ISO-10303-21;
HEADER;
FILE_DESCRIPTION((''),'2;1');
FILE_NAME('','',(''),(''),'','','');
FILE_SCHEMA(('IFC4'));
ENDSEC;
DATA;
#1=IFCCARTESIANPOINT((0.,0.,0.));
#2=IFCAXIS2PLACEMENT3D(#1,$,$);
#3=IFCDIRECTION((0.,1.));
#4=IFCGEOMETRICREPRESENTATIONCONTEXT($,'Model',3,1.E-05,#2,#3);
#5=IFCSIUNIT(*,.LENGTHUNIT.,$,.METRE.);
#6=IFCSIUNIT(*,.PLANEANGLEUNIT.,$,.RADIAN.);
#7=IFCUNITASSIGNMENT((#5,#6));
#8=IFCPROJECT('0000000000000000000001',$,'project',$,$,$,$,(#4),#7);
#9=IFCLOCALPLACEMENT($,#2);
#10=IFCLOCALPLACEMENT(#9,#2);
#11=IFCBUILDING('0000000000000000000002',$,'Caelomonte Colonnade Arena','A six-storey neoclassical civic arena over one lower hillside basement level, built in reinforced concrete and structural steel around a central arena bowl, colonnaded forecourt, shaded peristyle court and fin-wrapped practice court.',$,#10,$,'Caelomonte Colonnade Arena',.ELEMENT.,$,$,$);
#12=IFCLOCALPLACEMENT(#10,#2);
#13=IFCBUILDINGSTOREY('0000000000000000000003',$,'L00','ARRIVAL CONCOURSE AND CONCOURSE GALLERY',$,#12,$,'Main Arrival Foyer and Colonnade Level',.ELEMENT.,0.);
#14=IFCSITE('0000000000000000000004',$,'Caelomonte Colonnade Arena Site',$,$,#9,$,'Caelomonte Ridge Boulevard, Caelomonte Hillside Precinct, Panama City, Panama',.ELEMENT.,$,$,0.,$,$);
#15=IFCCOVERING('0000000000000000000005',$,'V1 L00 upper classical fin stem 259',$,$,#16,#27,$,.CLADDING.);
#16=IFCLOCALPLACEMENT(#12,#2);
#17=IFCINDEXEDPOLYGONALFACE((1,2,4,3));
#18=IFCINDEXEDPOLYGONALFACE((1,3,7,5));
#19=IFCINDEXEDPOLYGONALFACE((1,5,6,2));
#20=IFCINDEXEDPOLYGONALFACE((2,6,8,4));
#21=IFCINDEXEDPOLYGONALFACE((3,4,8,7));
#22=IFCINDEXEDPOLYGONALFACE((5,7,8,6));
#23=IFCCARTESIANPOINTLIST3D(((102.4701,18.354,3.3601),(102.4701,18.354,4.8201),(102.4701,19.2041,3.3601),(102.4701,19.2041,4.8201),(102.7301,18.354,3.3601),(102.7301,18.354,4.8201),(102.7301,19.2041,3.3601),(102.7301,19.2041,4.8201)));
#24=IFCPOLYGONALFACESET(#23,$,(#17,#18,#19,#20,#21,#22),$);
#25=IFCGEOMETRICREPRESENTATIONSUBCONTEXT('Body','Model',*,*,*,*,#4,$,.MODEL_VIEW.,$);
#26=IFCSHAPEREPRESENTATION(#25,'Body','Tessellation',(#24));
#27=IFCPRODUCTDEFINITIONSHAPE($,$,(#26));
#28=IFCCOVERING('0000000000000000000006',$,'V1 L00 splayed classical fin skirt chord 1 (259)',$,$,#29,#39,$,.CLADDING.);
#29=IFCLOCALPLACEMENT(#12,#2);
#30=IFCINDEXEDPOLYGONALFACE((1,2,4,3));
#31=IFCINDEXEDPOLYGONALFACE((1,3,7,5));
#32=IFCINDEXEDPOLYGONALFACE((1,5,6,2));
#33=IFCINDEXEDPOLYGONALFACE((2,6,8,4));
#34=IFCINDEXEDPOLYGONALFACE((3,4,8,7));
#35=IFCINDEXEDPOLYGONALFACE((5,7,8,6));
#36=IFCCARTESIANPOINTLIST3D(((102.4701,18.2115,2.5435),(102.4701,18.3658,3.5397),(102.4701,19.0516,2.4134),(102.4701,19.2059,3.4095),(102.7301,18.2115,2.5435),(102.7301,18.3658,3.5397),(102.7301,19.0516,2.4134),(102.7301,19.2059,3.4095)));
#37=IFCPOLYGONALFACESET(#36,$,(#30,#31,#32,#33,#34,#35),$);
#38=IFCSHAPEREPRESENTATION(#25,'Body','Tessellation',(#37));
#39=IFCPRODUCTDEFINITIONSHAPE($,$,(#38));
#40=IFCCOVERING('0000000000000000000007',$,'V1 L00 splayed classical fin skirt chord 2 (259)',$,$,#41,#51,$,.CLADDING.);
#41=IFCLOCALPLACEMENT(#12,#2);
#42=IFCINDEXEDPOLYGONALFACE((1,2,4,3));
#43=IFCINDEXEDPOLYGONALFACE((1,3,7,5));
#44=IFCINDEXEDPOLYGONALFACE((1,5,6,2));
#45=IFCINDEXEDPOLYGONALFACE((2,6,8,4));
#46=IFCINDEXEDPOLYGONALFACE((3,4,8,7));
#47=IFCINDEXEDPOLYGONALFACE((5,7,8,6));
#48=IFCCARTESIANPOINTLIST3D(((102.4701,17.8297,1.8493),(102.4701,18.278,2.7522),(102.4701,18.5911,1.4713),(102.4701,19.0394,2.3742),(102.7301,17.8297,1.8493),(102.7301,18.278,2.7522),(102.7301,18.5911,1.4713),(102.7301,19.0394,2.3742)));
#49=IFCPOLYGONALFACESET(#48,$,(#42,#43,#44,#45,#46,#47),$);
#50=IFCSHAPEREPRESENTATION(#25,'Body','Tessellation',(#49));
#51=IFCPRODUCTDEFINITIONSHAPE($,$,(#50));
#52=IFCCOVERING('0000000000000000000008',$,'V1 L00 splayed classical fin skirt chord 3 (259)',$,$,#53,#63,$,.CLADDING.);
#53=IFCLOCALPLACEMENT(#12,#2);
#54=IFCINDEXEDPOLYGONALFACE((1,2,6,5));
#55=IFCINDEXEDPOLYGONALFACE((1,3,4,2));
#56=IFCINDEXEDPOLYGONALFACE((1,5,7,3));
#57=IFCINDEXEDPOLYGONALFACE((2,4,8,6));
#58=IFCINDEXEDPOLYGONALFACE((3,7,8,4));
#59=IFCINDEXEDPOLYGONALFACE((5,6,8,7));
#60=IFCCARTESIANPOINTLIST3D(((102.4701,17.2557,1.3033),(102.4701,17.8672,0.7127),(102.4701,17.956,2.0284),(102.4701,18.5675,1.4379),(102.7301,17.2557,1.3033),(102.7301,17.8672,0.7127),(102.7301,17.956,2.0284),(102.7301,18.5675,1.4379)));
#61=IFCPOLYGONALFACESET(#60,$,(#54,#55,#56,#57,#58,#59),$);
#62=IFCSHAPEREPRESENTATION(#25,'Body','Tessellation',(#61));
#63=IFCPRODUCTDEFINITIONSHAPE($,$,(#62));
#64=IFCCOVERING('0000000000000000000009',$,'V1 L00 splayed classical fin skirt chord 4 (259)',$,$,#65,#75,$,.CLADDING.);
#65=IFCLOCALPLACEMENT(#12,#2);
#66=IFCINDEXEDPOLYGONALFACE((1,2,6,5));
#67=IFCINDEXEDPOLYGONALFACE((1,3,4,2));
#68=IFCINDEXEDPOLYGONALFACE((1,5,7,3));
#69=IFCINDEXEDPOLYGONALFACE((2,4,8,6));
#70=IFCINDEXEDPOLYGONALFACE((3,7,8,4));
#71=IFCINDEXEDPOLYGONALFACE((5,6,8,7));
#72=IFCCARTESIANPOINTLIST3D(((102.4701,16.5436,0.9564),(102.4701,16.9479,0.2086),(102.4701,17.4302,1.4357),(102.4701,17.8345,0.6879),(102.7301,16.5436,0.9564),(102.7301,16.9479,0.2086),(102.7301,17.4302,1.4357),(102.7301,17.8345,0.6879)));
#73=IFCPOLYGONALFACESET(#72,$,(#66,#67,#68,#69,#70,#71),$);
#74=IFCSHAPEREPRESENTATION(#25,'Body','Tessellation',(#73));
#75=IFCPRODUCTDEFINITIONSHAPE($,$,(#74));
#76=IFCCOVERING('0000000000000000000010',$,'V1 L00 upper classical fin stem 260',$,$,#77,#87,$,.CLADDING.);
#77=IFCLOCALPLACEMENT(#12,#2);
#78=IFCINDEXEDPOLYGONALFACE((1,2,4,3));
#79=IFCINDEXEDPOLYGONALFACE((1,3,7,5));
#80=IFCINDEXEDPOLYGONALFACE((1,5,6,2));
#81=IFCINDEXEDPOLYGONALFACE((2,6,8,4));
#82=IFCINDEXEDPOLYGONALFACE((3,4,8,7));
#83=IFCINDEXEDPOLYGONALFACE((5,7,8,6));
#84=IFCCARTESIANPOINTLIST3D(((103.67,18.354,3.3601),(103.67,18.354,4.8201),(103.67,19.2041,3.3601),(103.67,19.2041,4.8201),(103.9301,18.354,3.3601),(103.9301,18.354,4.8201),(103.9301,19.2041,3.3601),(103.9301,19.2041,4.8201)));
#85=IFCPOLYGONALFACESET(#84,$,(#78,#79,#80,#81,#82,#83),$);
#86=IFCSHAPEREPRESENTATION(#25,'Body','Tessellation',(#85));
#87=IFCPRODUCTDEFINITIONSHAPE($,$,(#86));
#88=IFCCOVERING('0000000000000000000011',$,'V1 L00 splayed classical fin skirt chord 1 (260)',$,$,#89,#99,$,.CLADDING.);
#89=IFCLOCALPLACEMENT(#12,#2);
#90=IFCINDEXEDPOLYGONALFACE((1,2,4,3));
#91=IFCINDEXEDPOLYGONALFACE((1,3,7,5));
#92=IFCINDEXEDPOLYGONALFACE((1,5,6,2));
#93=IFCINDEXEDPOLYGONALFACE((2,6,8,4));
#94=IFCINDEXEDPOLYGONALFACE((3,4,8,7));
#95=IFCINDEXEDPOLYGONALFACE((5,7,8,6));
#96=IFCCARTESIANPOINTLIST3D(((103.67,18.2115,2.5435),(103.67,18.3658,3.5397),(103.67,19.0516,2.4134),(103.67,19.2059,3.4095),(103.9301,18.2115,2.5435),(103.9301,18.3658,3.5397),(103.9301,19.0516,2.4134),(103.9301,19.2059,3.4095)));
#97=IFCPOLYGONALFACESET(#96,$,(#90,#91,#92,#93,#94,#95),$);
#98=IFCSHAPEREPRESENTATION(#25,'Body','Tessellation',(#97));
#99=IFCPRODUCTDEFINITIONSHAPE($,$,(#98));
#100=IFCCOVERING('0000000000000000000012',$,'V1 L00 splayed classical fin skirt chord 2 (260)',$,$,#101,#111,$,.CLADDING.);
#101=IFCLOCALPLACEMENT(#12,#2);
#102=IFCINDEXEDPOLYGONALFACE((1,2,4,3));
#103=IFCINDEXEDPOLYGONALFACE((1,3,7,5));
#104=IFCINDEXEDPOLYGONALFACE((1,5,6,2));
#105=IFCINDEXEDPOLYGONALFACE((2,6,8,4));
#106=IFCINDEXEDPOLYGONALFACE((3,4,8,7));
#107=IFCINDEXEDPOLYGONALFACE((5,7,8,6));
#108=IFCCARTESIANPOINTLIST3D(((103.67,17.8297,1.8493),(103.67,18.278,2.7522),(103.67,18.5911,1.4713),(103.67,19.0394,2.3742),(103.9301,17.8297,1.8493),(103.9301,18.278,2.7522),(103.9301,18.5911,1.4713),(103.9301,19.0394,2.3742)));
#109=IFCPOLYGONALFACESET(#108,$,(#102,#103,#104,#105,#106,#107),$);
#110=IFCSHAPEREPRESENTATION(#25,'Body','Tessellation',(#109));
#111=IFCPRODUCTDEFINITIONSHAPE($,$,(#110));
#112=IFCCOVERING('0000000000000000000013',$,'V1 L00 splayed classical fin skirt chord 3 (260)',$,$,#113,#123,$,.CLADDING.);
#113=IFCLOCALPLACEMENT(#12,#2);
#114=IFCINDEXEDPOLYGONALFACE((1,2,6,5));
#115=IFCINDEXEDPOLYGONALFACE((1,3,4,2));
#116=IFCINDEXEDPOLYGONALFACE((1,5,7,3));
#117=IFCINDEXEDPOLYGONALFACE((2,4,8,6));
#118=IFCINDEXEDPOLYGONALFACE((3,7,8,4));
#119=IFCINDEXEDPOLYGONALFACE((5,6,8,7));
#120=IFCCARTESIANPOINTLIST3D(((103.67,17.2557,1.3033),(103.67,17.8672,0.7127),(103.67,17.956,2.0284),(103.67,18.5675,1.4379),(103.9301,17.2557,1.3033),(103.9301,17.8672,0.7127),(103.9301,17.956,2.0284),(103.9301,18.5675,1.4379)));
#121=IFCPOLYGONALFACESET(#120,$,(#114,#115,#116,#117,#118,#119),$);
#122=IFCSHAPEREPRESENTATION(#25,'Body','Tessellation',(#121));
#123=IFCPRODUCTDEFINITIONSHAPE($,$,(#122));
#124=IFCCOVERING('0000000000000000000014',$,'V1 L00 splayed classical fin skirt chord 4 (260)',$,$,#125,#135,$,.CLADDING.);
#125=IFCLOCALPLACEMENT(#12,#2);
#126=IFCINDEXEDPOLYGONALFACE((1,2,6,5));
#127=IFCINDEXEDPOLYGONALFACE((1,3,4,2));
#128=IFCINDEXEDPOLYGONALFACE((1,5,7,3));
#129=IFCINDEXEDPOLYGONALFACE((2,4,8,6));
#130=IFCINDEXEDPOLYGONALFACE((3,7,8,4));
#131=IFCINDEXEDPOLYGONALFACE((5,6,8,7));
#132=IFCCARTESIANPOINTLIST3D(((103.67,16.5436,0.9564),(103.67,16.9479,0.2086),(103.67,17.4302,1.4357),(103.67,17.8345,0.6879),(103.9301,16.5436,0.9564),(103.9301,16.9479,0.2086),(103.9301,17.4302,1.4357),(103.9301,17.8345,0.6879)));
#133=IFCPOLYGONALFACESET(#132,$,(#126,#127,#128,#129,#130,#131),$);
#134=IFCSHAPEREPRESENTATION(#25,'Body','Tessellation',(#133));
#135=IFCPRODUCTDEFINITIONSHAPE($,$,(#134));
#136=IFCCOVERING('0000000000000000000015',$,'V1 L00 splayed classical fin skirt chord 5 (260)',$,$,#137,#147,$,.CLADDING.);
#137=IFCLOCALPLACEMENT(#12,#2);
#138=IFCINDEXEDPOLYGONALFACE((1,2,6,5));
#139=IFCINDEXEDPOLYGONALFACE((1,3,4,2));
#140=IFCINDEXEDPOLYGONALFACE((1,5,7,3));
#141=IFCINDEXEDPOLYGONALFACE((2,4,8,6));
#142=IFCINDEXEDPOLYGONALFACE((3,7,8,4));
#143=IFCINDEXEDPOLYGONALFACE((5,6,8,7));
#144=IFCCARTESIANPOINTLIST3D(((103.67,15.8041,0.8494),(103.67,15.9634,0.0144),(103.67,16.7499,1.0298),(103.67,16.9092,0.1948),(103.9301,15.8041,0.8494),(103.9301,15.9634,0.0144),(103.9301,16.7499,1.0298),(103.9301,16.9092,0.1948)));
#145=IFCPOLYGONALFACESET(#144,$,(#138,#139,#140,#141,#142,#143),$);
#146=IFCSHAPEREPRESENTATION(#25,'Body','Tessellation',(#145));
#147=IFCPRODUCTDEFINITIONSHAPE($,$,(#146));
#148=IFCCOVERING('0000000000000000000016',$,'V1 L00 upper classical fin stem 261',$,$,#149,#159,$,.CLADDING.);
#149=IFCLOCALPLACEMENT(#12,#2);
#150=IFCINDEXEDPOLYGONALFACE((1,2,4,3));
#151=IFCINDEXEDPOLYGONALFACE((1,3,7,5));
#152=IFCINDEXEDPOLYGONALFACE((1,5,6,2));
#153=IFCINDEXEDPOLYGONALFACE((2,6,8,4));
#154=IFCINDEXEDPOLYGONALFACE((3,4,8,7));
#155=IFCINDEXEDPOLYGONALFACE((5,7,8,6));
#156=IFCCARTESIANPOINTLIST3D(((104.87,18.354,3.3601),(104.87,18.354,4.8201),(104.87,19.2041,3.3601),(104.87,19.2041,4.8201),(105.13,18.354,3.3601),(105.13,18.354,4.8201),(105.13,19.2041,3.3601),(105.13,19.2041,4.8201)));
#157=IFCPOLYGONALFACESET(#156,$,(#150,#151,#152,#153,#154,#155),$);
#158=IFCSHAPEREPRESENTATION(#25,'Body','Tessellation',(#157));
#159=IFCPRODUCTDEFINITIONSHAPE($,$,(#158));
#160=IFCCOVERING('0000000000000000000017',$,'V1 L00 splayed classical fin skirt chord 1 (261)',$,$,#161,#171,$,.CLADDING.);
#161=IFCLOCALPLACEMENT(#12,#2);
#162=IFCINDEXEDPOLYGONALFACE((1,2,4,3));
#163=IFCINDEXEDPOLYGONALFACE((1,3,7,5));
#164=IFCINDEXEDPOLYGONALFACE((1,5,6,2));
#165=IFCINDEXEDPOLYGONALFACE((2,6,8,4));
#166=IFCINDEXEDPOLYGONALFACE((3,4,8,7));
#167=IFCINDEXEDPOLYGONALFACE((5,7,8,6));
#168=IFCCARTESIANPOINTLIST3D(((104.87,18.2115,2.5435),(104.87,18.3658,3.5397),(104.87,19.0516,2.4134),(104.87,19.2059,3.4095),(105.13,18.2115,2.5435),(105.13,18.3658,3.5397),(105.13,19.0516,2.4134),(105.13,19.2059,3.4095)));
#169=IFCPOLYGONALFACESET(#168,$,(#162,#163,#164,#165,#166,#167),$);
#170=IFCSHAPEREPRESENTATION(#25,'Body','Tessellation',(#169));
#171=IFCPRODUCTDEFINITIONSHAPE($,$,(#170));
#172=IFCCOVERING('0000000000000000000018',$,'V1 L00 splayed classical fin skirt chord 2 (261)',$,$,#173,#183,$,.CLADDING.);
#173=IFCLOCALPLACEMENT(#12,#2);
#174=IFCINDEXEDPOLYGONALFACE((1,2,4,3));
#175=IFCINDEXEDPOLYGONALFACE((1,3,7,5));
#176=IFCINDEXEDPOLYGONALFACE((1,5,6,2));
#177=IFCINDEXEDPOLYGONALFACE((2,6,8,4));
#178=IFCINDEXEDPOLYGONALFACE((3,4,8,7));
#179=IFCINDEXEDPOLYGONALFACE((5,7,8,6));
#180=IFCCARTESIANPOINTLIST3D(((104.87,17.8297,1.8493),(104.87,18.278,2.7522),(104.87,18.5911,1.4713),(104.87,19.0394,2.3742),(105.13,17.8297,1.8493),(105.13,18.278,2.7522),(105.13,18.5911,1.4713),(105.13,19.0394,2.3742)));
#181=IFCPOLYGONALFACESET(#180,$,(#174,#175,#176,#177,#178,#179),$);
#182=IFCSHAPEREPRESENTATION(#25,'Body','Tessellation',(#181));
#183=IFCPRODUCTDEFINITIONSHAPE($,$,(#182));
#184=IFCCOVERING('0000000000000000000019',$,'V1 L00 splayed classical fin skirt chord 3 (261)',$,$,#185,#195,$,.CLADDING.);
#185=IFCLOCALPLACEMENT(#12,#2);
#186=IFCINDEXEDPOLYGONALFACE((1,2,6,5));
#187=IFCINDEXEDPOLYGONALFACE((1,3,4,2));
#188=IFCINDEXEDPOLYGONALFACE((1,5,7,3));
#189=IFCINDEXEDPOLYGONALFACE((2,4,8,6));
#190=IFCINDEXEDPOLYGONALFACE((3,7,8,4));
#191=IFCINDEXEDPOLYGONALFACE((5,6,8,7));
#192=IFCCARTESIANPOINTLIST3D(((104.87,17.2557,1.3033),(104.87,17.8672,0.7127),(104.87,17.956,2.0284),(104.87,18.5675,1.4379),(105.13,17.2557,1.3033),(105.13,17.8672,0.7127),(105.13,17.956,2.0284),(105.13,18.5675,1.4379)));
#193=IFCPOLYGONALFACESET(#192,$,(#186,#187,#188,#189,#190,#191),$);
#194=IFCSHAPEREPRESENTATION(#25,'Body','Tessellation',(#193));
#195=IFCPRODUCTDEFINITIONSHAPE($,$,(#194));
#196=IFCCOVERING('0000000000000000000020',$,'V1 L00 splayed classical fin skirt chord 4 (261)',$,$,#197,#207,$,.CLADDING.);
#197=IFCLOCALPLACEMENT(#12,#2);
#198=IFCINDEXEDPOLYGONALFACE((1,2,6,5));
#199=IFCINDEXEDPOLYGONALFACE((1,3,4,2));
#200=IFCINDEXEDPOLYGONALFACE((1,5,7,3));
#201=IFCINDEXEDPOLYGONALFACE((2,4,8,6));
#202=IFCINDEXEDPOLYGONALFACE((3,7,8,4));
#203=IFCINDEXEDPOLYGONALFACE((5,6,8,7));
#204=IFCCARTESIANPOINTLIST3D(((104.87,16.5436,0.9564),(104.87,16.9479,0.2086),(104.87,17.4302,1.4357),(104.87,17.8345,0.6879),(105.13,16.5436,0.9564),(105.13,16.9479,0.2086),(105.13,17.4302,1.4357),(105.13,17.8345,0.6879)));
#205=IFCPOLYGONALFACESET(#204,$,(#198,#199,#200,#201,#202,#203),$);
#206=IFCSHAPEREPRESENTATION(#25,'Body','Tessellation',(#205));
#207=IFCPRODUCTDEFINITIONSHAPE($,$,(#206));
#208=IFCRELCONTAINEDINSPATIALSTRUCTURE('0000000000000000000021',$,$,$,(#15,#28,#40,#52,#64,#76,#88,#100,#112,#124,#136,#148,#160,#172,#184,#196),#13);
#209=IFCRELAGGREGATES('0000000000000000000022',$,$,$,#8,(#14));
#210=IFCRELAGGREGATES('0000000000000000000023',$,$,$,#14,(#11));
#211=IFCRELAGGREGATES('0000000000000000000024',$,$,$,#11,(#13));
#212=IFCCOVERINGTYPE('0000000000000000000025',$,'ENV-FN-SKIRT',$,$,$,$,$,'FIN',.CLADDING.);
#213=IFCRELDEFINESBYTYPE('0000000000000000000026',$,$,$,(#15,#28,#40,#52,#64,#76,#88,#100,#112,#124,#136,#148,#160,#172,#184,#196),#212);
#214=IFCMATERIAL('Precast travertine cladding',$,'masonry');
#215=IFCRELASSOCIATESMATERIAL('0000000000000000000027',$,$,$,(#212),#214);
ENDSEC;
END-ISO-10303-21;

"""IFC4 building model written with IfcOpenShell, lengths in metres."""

from ifc_helpers import new_model, si_unit, direction, frame, origin, origin_2d, place, context, subcontext, project, spatial, rectangle, extrude, material, material_profile, profile_set, type_object, element, save


model = new_model("IFC4")

# Units and contexts
model_context = context("Model", 3, precision=1e-05, world=origin(), true_north=direction((0.0, 1.0)))
body_context = subcontext(model_context, "Body", "Model", "MODEL_VIEW")
ifc_project = project(units=[si_unit("LENGTHUNIT", "METRE"), si_unit("PLANEANGLEUNIT", "RADIAN")], contexts=[model_context])

# Site, building, storey
site_placement = place(None, origin())
site = spatial("IfcSite", under=ifc_project, at=site_placement, Name="Caelomonte Colonnade Arena Site", LongName="Caelomonte Ridge Boulevard, Caelomonte Hillside Precinct, Panama City, Panama", CompositionType="ELEMENT", RefElevation=0.0)
building_placement = place(site_placement, origin())
building = spatial("IfcBuilding", under=site, at=building_placement, Name="Caelomonte Colonnade Arena", Description="A six-storey neoclassical civic arena over one lower hillside basement level, built in reinforced concrete and structural steel around a central arena bowl, colonnaded forecourt, shaded peristyle court and fin-wrapped practice court.", LongName="Caelomonte Colonnade Arena", CompositionType="ELEMENT")
storey_placement = place(building_placement, origin())
storey = spatial("IfcBuildingStorey", under=building, at=storey_placement, Name="L00", Description="ARRIVAL CONCOURSE AND CONCOURSE GALLERY", LongName="Main Arrival Foyer and Colonnade Level", CompositionType="ELEMENT", Elevation=0.0)

# Coverings
ifc_material = material(Name="Precast travertine cladding", Category="masonry")
ifc_material_profile = material_profile(ifc_material, rectangle(XDim=0.26, YDim=0.8501, at=origin_2d()), Name="FIN260X850")
ifc_profile_set = profile_set([ifc_material_profile], Name="Precast travertine cladding")
covering_type = type_object("IfcCoveringType", Name="ENV-FN-SKIRT", ElementType="FIN", PredefinedType="CLADDING", material=ifc_profile_set)
covering_1_placement = place(storey_placement, frame((102.6001, 18.7791, 3.3601), z_axis=(0.0, 0.0, 1.0), x_axis=(-1.0, 0.0, 0.0)))
element("IfcCovering", 1, at=covering_1_placement, inside=storey, type_object=covering_type, Name="V1 L00 upper classical fin stem 259", PredefinedType="CLADDING", context=body_context, shape_type="SweptSolid", body=[
    extrude(rectangle(XDim=0.26, YDim=0.8501, at=origin_2d()), origin(), (0.0, 0.0, 1.0), 1.46),
])
for number, where, z_axis, x_axis, name in (
    (2, (102.6001, 18.7859, 3.4746), (0.0, -0.153076, -0.988214), (-1.0, 0.0, 0.0), "V1 L00 splayed classical fin skirt chord 1 (259)"),
    (3, (102.6001, 18.6587, 2.5632), (0.0, -0.444693, -0.895683), (-1.0, 0.0, 0.0), "V1 L00 splayed classical fin skirt chord 2 (259)"),
    (4, (102.6001, 18.2617, 1.7332), (0.0, -0.694646, -0.719351), (-1.0, 0.0, 0.0), "V1 L00 splayed classical fin skirt chord 3 (259)"),
):
    element("IfcCovering", number, at=place(storey_placement, frame(where, z_axis=z_axis, x_axis=x_axis)), inside=storey, type_object=covering_type, Name=name, PredefinedType="CLADDING", context=body_context, shape_type="SweptSolid", body=[
        extrude(rectangle(XDim=0.26, YDim=0.8501, at=origin_2d()), origin(), (0.0, 0.0, 1.0), 1.0081),
    ])
covering_2_placement = place(storey_placement, frame((102.6001, 17.6323, 1.0618), z_axis=(0.0, -0.879676, -0.475573), x_axis=(-1.0, 0.0, 0.0)))
element("IfcCovering", 5, at=covering_2_placement, inside=storey, type_object=covering_type, Name="V1 L00 splayed classical fin skirt chord 4 (259)", PredefinedType="CLADDING", context=body_context, shape_type="SweptSolid", body=[
    extrude(rectangle(XDim=0.26, YDim=0.8501, at=origin_2d()), origin(), (0.0, 0.0, 1.0), 1.0078),
])
covering_3_placement = place(storey_placement, frame((103.8, 18.7791, 3.3601), z_axis=(0.0, 0.0, 1.0), x_axis=(-1.0, 0.0, 0.0)))
element("IfcCovering", 6, at=covering_3_placement, inside=storey, type_object=covering_type, Name="V1 L00 upper classical fin stem 260", PredefinedType="CLADDING", context=body_context, shape_type="SweptSolid", body=[
    extrude(rectangle(XDim=0.26, YDim=0.8501, at=origin_2d()), origin(), (0.0, 0.0, 1.0), 1.46),
])
for number, where, z_axis, x_axis, name in (
    (7, (103.8, 18.7859, 3.4746), (0.0, -0.153076, -0.988214), (-1.0, 0.0, 0.0), "V1 L00 splayed classical fin skirt chord 1 (260)"),
    (8, (103.8, 18.6587, 2.5632), (0.0, -0.444693, -0.895683), (-1.0, 0.0, 0.0), "V1 L00 splayed classical fin skirt chord 2 (260)"),
    (9, (103.8, 18.2617, 1.7332), (0.0, -0.694646, -0.719351), (-1.0, 0.0, 0.0), "V1 L00 splayed classical fin skirt chord 3 (260)"),
):
    element("IfcCovering", number, at=place(storey_placement, frame(where, z_axis=z_axis, x_axis=x_axis)), inside=storey, type_object=covering_type, Name=name, PredefinedType="CLADDING", context=body_context, shape_type="SweptSolid", body=[
        extrude(rectangle(XDim=0.26, YDim=0.8501, at=origin_2d()), origin(), (0.0, 0.0, 1.0), 1.0081),
    ])
covering_4_placement = place(storey_placement, frame((103.8, 17.6323, 1.0618), z_axis=(0.0, -0.879676, -0.475573), x_axis=(-1.0, 0.0, 0.0)))
element("IfcCovering", 10, at=covering_4_placement, inside=storey, type_object=covering_type, Name="V1 L00 splayed classical fin skirt chord 4 (260)", PredefinedType="CLADDING", context=body_context, shape_type="SweptSolid", body=[
    extrude(rectangle(XDim=0.26, YDim=0.8501, at=origin_2d()), origin(), (0.0, 0.0, 1.0), 1.0078),
])
covering_5_placement = place(storey_placement, frame((103.8, 16.8296, 0.6123), z_axis=(0.0, -0.982287, -0.18738), x_axis=(-1.0, 0.0, 0.0)))
element("IfcCovering", 11, at=covering_5_placement, inside=storey, type_object=covering_type, Name="V1 L00 splayed classical fin skirt chord 5 (260)", PredefinedType="CLADDING", context=body_context, shape_type="SweptSolid", body=[
    extrude(rectangle(XDim=0.26, YDim=0.8501, at=origin_2d()), origin(), (0.0, 0.0, 1.0), 0.9629),
])
covering_6_placement = place(storey_placement, frame((105.0, 18.7791, 3.3601), z_axis=(0.0, 0.0, 1.0), x_axis=(-1.0, 0.0, 0.0)))
element("IfcCovering", 12, at=covering_6_placement, inside=storey, type_object=covering_type, Name="V1 L00 upper classical fin stem 261", PredefinedType="CLADDING", context=body_context, shape_type="SweptSolid", body=[
    extrude(rectangle(XDim=0.26, YDim=0.8501, at=origin_2d()), origin(), (0.0, 0.0, 1.0), 1.46),
])
for number, where, z_axis, x_axis, name in (
    (13, (105.0, 18.7859, 3.4746), (0.0, -0.153076, -0.988214), (-1.0, 0.0, 0.0), "V1 L00 splayed classical fin skirt chord 1 (261)"),
    (14, (105.0, 18.6587, 2.5632), (0.0, -0.444693, -0.895683), (-1.0, 0.0, 0.0), "V1 L00 splayed classical fin skirt chord 2 (261)"),
    (15, (105.0, 18.2617, 1.7332), (0.0, -0.694646, -0.719351), (-1.0, 0.0, 0.0), "V1 L00 splayed classical fin skirt chord 3 (261)"),
):
    element("IfcCovering", number, at=place(storey_placement, frame(where, z_axis=z_axis, x_axis=x_axis)), inside=storey, type_object=covering_type, Name=name, PredefinedType="CLADDING", context=body_context, shape_type="SweptSolid", body=[
        extrude(rectangle(XDim=0.26, YDim=0.8501, at=origin_2d()), origin(), (0.0, 0.0, 1.0), 1.0081),
    ])
covering_7_placement = place(storey_placement, frame((105.0, 17.6323, 1.0618), z_axis=(0.0, -0.879676, -0.475573), x_axis=(-1.0, 0.0, 0.0)))
element("IfcCovering", 16, at=covering_7_placement, inside=storey, type_object=covering_type, Name="V1 L00 splayed classical fin skirt chord 4 (261)", PredefinedType="CLADDING", context=body_context, shape_type="SweptSolid", body=[
    extrude(rectangle(XDim=0.26, YDim=0.8501, at=origin_2d()), origin(), (0.0, 0.0, 1.0), 1.0078),
])

save(model, "model.ifc")
